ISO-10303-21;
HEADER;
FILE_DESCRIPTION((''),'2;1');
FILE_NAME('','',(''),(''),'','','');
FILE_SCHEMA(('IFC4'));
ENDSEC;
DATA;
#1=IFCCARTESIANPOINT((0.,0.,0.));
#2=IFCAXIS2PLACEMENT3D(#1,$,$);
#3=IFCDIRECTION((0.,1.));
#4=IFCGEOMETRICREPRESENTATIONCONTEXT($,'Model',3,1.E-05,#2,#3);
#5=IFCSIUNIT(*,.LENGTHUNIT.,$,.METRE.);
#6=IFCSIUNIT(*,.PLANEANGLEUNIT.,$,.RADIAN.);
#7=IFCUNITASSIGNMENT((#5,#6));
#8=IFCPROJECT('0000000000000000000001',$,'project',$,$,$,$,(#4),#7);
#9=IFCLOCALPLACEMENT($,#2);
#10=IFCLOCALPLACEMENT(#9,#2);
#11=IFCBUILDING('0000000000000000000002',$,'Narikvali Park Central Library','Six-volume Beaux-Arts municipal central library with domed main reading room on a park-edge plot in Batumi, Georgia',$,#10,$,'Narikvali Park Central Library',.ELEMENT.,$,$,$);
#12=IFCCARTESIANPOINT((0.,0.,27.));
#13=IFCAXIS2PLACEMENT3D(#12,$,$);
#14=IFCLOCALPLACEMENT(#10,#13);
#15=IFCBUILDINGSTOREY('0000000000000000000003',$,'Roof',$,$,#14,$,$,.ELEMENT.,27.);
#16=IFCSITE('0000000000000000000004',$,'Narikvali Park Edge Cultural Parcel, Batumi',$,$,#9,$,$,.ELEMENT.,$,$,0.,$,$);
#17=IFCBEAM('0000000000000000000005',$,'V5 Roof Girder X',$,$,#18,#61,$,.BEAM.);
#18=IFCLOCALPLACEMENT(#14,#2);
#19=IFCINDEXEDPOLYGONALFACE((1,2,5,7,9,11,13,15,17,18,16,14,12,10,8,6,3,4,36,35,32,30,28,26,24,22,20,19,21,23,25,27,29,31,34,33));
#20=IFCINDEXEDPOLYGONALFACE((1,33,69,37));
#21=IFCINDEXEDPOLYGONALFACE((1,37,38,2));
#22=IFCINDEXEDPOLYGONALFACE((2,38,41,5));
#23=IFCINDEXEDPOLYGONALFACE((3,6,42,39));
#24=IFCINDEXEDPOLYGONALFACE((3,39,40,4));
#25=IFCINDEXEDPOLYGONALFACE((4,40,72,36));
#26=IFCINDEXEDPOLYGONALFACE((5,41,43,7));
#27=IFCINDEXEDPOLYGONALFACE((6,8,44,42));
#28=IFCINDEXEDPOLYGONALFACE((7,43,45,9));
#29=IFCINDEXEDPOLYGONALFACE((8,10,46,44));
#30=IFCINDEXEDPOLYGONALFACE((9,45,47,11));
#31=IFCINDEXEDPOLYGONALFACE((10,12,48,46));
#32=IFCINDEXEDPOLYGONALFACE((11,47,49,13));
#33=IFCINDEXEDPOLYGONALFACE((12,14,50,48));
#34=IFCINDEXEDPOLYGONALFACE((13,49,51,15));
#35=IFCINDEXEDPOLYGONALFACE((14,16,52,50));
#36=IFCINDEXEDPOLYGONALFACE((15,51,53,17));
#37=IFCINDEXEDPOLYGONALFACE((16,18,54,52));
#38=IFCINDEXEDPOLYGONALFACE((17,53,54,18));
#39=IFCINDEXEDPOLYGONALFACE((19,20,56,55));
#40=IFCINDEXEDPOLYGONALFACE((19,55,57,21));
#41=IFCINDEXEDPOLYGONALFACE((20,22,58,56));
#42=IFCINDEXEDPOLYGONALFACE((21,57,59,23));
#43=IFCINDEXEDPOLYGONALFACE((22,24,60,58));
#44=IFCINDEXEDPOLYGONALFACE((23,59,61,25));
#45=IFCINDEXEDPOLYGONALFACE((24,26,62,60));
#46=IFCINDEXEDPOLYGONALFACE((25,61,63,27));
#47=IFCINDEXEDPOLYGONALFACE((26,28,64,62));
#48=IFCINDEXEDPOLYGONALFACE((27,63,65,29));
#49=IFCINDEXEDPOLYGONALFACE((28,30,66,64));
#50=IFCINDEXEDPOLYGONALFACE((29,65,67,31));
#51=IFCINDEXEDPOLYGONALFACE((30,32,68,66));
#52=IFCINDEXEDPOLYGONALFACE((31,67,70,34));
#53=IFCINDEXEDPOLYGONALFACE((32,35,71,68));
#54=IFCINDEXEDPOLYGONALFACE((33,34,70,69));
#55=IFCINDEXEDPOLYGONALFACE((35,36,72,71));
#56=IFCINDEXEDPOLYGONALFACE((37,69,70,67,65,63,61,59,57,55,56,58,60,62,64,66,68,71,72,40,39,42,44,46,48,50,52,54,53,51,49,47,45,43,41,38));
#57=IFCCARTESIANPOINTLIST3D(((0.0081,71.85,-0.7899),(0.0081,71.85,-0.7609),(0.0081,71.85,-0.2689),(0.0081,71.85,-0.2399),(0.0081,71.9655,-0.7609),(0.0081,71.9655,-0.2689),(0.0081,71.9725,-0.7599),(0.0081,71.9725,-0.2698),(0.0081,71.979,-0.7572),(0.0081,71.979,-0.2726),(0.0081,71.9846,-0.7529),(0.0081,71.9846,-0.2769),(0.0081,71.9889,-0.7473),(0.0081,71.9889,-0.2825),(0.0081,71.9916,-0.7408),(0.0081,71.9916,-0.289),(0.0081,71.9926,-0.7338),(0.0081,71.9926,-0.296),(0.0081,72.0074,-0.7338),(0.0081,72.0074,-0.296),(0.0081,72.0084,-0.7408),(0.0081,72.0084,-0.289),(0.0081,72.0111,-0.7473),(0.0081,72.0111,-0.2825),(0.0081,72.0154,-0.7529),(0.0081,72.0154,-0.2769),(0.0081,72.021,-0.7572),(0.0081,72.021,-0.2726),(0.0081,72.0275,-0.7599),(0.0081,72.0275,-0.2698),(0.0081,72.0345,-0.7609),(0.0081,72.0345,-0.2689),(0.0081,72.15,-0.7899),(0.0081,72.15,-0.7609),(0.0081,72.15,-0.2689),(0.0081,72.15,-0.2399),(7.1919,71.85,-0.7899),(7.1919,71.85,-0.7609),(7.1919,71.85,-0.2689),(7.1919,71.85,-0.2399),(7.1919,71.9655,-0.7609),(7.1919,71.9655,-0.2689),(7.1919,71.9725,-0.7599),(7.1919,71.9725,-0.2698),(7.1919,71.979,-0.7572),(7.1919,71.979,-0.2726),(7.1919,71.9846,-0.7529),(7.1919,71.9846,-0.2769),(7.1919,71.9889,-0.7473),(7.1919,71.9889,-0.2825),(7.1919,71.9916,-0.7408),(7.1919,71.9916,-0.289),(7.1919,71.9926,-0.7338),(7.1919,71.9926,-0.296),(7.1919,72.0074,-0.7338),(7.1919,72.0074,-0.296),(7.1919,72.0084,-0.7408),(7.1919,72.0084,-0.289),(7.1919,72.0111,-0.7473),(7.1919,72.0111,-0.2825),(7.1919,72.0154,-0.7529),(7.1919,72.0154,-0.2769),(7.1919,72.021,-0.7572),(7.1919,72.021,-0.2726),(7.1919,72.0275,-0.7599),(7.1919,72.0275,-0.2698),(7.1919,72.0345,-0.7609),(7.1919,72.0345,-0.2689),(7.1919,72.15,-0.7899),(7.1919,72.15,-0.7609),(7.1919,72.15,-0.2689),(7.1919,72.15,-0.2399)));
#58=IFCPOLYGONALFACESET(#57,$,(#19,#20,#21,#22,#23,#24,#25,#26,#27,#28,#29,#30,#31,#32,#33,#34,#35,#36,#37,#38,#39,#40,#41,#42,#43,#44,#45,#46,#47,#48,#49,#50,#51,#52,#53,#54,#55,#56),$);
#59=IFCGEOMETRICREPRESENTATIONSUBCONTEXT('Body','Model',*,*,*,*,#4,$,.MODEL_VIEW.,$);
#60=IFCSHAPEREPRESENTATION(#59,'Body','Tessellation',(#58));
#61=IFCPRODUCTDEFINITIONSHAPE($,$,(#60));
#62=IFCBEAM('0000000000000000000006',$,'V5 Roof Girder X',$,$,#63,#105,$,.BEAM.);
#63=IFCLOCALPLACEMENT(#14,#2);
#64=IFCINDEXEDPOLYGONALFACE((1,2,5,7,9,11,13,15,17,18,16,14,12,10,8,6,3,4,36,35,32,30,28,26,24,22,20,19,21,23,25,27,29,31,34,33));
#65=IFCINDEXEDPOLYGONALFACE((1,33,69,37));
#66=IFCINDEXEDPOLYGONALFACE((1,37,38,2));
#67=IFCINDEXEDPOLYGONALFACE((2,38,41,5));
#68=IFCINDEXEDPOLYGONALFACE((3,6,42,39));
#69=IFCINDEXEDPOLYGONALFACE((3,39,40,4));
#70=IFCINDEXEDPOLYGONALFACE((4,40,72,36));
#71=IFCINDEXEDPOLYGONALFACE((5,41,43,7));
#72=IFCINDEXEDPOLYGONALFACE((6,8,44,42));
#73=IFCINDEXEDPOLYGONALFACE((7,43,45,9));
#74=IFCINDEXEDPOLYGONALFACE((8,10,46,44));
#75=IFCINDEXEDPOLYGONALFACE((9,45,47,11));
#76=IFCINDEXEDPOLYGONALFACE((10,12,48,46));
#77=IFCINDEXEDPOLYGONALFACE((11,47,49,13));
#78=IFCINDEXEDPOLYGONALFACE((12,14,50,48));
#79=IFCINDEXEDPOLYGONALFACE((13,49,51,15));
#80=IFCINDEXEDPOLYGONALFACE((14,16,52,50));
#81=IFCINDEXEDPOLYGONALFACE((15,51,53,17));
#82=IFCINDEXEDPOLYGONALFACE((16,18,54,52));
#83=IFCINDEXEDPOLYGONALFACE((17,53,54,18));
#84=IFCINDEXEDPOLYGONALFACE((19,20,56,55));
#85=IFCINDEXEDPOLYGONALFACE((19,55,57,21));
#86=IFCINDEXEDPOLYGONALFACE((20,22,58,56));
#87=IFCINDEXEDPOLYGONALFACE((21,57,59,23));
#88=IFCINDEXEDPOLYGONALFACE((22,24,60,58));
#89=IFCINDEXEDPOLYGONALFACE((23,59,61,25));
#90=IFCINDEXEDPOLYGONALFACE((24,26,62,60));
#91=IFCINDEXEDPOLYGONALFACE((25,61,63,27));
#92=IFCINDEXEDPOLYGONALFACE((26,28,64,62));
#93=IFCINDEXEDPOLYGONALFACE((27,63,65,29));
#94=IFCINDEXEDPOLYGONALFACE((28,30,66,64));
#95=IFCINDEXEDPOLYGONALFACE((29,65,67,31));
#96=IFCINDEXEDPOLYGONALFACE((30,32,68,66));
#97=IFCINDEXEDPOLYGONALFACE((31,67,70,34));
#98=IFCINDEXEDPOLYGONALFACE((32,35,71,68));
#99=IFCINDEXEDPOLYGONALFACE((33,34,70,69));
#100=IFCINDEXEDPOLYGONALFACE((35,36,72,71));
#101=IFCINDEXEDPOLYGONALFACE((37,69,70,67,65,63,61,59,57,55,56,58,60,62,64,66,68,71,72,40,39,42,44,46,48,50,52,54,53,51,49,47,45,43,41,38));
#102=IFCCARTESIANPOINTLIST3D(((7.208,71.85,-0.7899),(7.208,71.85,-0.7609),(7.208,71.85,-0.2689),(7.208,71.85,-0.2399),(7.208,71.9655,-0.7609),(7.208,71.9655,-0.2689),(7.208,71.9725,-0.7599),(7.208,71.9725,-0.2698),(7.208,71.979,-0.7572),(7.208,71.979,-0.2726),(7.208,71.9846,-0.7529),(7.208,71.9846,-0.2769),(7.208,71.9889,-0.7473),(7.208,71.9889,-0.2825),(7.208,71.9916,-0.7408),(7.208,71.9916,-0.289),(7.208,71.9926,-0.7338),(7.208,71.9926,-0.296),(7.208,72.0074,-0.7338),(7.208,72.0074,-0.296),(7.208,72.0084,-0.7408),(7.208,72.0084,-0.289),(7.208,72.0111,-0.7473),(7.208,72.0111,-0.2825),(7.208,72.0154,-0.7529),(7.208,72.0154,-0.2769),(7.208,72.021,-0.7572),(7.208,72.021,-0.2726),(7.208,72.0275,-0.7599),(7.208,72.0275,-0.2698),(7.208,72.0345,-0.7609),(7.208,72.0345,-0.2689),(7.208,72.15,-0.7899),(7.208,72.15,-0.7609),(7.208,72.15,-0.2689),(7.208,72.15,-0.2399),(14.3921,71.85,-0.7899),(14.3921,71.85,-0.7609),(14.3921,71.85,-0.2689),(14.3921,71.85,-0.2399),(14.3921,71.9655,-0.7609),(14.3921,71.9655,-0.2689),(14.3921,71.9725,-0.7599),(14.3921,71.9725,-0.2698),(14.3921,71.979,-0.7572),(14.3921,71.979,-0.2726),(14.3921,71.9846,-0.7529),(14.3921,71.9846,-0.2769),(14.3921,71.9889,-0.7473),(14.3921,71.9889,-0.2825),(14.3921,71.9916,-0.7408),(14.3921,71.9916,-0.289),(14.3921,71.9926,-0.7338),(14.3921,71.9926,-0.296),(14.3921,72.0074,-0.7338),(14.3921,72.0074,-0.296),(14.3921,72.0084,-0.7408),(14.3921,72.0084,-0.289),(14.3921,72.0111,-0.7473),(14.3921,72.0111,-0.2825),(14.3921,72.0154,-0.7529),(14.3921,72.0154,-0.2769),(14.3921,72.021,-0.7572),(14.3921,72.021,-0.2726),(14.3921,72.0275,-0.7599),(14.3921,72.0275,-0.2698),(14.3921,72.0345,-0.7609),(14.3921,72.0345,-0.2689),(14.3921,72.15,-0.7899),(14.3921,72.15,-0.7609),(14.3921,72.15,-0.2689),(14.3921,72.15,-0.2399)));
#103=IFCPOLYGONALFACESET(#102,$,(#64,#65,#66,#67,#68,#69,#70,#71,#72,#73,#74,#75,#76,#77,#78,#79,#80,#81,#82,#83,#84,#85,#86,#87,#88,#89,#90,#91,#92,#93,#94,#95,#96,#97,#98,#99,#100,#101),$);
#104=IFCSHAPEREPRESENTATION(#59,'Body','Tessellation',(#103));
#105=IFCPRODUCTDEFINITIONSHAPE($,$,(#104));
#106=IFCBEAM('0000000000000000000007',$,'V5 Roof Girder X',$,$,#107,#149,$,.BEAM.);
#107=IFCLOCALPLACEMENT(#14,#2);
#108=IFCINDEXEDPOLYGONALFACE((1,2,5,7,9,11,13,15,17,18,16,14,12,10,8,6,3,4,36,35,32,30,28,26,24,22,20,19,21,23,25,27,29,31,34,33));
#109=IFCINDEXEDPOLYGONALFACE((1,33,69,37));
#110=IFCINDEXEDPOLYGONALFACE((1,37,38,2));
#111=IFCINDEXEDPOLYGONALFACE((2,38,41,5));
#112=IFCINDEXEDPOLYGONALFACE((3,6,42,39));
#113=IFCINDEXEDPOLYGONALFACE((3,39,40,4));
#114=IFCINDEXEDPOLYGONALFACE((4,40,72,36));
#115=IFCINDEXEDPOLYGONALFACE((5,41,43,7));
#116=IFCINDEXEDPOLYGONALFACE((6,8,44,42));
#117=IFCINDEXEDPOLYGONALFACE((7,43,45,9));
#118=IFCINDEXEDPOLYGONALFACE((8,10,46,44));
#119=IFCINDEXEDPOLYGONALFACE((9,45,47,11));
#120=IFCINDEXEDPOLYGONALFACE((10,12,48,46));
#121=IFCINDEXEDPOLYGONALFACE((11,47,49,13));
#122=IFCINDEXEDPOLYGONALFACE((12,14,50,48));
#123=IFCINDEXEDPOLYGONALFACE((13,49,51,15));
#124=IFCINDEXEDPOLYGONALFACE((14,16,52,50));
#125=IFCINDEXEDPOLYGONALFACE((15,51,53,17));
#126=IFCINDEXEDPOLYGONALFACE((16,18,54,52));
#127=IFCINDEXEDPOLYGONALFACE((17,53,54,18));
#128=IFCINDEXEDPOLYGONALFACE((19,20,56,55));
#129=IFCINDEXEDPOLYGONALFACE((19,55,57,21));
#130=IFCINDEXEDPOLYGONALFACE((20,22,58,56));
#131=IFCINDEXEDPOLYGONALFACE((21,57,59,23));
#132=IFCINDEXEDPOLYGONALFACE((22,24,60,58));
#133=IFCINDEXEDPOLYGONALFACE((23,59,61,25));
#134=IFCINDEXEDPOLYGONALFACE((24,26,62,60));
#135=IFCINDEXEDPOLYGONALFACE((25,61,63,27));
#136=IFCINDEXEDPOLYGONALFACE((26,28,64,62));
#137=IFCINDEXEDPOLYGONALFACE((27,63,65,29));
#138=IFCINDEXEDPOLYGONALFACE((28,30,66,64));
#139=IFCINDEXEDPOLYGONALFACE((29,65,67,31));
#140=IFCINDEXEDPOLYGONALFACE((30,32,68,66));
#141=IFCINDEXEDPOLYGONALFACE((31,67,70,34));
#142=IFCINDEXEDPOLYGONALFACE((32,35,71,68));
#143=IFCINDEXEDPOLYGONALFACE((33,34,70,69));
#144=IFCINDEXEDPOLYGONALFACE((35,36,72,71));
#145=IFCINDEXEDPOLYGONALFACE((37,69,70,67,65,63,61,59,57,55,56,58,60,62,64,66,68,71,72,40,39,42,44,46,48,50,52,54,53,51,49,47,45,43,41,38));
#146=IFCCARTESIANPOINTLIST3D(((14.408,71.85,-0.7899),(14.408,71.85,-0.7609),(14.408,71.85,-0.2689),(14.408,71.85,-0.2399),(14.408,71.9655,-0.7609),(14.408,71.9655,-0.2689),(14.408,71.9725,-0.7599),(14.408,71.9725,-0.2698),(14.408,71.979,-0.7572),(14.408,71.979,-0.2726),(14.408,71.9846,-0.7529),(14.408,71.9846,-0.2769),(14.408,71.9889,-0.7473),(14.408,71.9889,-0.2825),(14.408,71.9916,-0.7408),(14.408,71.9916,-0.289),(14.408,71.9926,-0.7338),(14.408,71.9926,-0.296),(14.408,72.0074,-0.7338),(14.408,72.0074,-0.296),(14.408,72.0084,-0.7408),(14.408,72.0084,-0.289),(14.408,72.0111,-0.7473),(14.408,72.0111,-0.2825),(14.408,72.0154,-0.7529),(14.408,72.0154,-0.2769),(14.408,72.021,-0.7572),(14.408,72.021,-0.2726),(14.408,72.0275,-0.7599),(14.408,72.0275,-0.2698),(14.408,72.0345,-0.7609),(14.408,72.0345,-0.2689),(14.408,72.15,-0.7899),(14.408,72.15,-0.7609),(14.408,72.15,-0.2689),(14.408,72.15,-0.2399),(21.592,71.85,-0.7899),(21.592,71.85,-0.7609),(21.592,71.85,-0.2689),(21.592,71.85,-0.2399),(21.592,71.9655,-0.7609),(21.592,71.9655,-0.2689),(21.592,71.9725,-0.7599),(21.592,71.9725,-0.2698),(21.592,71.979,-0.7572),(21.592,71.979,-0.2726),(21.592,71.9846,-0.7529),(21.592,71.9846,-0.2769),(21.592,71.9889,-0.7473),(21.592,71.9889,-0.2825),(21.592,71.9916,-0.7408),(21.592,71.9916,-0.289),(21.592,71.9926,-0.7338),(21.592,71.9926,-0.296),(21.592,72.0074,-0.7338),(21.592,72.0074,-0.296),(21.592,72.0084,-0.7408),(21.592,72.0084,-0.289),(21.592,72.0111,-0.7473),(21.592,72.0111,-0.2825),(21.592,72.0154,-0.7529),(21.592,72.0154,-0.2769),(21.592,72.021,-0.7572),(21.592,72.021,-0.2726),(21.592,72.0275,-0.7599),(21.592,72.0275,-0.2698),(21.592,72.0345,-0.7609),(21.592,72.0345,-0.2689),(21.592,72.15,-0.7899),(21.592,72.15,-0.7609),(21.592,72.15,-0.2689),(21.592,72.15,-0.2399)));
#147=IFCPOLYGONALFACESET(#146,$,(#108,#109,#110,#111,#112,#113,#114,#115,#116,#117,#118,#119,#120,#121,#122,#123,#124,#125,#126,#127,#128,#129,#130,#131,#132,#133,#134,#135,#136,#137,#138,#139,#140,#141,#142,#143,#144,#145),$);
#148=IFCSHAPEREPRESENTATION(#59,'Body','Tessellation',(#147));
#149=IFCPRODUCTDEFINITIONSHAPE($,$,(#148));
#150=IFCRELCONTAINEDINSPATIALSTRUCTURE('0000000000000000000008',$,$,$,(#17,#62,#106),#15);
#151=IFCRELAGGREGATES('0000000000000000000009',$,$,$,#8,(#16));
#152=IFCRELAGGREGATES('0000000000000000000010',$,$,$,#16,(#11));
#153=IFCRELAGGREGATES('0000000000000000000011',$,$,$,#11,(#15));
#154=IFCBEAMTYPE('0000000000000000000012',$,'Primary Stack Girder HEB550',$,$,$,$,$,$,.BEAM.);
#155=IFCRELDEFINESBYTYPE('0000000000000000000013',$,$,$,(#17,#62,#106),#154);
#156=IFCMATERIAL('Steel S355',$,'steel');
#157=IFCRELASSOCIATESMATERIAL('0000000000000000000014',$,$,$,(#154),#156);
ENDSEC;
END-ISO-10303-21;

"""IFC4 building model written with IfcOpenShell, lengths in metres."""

from ifc_helpers import new_model, si_unit, direction, frame, origin, origin_2d, place, context, subcontext, project, spatial, i_section, extrude, material, material_profile, profile_set, type_object, element, save


model = new_model("IFC4")

# Units and contexts
model_context = context("Model", 3, precision=1e-05, world=origin(), true_north=direction((0.0, 1.0)))
body_context = subcontext(model_context, "Body", "Model", "MODEL_VIEW")
ifc_project = project(units=[si_unit("LENGTHUNIT", "METRE"), si_unit("PLANEANGLEUNIT", "RADIAN")], contexts=[model_context])

# Site, building, storey
site_placement = place(None, origin())
site = spatial("IfcSite", under=ifc_project, at=site_placement, Name="Narikvali Park Edge Cultural Parcel, Batumi", CompositionType="ELEMENT", RefElevation=0.0)
building_placement = place(site_placement, origin())
building = spatial("IfcBuilding", under=site, at=building_placement, Name="Narikvali Park Central Library", Description="Six-volume Beaux-Arts municipal central library with domed main reading room on a park-edge plot in Batumi, Georgia", LongName="Narikvali Park Central Library", CompositionType="ELEMENT")
storey_placement = place(building_placement, frame((0.0, 0.0, 27.0)))
storey = spatial("IfcBuildingStorey", under=building, at=storey_placement, Name="Roof", CompositionType="ELEMENT", Elevation=27.0)

# Beams
ifc_material = material(Name="Steel S355", Category="steel")
ifc_material_profile_1 = material_profile(ifc_material, i_section(OverallWidth=0.3, OverallDepth=0.55, WebThickness=0.0149, FlangeThickness=0.0291, FilletRadius=0.0271, at=origin_2d()), Name="HEB 550")
ifc_profile_set_1 = profile_set([ifc_material_profile_1], Name="Steel S355")
beam_type_1 = type_object("IfcBeamType", Name="Primary Stack Girder HEB550", PredefinedType="BEAM", material=ifc_profile_set_1)
beam_1_placement = place(storey_placement, frame((0.0081, 72.0, -0.5149), z_axis=(1.0, 0.0, 0.0), x_axis=(0.0, 1.0, 0.0)))
element("IfcBeam", 1, at=beam_1_placement, inside=storey, type_object=beam_type_1, Name="V5 Roof Girder X", PredefinedType="BEAM", context=body_context, shape_type="SweptSolid", body=[
    extrude(i_section(OverallWidth=0.3, OverallDepth=0.55, WebThickness=0.0149, FlangeThickness=0.0291, FilletRadius=0.0271, at=origin_2d()), origin(), (0.0, 0.0, 1.0), 7.1838),
])
for number, where, z_axis, x_axis, name in (
    (2, (7.208, 72.0, -0.5149), (1.0, 0.0, 0.0), (0.0, 1.0, 0.0), "V5 Roof Girder X"),
    (3, (14.408, 72.0, -0.5149), (1.0, 0.0, 0.0), (0.0, 1.0, 0.0), "V5 Roof Girder X"),
):
    element("IfcBeam", number, at=place(storey_placement, frame(where, z_axis=z_axis, x_axis=x_axis)), inside=storey, type_object=beam_type_1, Name=name, PredefinedType="BEAM", context=body_context, shape_type="SweptSolid", body=[
        extrude(i_section(OverallWidth=0.3, OverallDepth=0.55, WebThickness=0.0149, FlangeThickness=0.0291, FilletRadius=0.0271, at=origin_2d()), origin(), (0.0, 0.0, 1.0), 7.1841),
    ])

save(model, "model.ifc")
